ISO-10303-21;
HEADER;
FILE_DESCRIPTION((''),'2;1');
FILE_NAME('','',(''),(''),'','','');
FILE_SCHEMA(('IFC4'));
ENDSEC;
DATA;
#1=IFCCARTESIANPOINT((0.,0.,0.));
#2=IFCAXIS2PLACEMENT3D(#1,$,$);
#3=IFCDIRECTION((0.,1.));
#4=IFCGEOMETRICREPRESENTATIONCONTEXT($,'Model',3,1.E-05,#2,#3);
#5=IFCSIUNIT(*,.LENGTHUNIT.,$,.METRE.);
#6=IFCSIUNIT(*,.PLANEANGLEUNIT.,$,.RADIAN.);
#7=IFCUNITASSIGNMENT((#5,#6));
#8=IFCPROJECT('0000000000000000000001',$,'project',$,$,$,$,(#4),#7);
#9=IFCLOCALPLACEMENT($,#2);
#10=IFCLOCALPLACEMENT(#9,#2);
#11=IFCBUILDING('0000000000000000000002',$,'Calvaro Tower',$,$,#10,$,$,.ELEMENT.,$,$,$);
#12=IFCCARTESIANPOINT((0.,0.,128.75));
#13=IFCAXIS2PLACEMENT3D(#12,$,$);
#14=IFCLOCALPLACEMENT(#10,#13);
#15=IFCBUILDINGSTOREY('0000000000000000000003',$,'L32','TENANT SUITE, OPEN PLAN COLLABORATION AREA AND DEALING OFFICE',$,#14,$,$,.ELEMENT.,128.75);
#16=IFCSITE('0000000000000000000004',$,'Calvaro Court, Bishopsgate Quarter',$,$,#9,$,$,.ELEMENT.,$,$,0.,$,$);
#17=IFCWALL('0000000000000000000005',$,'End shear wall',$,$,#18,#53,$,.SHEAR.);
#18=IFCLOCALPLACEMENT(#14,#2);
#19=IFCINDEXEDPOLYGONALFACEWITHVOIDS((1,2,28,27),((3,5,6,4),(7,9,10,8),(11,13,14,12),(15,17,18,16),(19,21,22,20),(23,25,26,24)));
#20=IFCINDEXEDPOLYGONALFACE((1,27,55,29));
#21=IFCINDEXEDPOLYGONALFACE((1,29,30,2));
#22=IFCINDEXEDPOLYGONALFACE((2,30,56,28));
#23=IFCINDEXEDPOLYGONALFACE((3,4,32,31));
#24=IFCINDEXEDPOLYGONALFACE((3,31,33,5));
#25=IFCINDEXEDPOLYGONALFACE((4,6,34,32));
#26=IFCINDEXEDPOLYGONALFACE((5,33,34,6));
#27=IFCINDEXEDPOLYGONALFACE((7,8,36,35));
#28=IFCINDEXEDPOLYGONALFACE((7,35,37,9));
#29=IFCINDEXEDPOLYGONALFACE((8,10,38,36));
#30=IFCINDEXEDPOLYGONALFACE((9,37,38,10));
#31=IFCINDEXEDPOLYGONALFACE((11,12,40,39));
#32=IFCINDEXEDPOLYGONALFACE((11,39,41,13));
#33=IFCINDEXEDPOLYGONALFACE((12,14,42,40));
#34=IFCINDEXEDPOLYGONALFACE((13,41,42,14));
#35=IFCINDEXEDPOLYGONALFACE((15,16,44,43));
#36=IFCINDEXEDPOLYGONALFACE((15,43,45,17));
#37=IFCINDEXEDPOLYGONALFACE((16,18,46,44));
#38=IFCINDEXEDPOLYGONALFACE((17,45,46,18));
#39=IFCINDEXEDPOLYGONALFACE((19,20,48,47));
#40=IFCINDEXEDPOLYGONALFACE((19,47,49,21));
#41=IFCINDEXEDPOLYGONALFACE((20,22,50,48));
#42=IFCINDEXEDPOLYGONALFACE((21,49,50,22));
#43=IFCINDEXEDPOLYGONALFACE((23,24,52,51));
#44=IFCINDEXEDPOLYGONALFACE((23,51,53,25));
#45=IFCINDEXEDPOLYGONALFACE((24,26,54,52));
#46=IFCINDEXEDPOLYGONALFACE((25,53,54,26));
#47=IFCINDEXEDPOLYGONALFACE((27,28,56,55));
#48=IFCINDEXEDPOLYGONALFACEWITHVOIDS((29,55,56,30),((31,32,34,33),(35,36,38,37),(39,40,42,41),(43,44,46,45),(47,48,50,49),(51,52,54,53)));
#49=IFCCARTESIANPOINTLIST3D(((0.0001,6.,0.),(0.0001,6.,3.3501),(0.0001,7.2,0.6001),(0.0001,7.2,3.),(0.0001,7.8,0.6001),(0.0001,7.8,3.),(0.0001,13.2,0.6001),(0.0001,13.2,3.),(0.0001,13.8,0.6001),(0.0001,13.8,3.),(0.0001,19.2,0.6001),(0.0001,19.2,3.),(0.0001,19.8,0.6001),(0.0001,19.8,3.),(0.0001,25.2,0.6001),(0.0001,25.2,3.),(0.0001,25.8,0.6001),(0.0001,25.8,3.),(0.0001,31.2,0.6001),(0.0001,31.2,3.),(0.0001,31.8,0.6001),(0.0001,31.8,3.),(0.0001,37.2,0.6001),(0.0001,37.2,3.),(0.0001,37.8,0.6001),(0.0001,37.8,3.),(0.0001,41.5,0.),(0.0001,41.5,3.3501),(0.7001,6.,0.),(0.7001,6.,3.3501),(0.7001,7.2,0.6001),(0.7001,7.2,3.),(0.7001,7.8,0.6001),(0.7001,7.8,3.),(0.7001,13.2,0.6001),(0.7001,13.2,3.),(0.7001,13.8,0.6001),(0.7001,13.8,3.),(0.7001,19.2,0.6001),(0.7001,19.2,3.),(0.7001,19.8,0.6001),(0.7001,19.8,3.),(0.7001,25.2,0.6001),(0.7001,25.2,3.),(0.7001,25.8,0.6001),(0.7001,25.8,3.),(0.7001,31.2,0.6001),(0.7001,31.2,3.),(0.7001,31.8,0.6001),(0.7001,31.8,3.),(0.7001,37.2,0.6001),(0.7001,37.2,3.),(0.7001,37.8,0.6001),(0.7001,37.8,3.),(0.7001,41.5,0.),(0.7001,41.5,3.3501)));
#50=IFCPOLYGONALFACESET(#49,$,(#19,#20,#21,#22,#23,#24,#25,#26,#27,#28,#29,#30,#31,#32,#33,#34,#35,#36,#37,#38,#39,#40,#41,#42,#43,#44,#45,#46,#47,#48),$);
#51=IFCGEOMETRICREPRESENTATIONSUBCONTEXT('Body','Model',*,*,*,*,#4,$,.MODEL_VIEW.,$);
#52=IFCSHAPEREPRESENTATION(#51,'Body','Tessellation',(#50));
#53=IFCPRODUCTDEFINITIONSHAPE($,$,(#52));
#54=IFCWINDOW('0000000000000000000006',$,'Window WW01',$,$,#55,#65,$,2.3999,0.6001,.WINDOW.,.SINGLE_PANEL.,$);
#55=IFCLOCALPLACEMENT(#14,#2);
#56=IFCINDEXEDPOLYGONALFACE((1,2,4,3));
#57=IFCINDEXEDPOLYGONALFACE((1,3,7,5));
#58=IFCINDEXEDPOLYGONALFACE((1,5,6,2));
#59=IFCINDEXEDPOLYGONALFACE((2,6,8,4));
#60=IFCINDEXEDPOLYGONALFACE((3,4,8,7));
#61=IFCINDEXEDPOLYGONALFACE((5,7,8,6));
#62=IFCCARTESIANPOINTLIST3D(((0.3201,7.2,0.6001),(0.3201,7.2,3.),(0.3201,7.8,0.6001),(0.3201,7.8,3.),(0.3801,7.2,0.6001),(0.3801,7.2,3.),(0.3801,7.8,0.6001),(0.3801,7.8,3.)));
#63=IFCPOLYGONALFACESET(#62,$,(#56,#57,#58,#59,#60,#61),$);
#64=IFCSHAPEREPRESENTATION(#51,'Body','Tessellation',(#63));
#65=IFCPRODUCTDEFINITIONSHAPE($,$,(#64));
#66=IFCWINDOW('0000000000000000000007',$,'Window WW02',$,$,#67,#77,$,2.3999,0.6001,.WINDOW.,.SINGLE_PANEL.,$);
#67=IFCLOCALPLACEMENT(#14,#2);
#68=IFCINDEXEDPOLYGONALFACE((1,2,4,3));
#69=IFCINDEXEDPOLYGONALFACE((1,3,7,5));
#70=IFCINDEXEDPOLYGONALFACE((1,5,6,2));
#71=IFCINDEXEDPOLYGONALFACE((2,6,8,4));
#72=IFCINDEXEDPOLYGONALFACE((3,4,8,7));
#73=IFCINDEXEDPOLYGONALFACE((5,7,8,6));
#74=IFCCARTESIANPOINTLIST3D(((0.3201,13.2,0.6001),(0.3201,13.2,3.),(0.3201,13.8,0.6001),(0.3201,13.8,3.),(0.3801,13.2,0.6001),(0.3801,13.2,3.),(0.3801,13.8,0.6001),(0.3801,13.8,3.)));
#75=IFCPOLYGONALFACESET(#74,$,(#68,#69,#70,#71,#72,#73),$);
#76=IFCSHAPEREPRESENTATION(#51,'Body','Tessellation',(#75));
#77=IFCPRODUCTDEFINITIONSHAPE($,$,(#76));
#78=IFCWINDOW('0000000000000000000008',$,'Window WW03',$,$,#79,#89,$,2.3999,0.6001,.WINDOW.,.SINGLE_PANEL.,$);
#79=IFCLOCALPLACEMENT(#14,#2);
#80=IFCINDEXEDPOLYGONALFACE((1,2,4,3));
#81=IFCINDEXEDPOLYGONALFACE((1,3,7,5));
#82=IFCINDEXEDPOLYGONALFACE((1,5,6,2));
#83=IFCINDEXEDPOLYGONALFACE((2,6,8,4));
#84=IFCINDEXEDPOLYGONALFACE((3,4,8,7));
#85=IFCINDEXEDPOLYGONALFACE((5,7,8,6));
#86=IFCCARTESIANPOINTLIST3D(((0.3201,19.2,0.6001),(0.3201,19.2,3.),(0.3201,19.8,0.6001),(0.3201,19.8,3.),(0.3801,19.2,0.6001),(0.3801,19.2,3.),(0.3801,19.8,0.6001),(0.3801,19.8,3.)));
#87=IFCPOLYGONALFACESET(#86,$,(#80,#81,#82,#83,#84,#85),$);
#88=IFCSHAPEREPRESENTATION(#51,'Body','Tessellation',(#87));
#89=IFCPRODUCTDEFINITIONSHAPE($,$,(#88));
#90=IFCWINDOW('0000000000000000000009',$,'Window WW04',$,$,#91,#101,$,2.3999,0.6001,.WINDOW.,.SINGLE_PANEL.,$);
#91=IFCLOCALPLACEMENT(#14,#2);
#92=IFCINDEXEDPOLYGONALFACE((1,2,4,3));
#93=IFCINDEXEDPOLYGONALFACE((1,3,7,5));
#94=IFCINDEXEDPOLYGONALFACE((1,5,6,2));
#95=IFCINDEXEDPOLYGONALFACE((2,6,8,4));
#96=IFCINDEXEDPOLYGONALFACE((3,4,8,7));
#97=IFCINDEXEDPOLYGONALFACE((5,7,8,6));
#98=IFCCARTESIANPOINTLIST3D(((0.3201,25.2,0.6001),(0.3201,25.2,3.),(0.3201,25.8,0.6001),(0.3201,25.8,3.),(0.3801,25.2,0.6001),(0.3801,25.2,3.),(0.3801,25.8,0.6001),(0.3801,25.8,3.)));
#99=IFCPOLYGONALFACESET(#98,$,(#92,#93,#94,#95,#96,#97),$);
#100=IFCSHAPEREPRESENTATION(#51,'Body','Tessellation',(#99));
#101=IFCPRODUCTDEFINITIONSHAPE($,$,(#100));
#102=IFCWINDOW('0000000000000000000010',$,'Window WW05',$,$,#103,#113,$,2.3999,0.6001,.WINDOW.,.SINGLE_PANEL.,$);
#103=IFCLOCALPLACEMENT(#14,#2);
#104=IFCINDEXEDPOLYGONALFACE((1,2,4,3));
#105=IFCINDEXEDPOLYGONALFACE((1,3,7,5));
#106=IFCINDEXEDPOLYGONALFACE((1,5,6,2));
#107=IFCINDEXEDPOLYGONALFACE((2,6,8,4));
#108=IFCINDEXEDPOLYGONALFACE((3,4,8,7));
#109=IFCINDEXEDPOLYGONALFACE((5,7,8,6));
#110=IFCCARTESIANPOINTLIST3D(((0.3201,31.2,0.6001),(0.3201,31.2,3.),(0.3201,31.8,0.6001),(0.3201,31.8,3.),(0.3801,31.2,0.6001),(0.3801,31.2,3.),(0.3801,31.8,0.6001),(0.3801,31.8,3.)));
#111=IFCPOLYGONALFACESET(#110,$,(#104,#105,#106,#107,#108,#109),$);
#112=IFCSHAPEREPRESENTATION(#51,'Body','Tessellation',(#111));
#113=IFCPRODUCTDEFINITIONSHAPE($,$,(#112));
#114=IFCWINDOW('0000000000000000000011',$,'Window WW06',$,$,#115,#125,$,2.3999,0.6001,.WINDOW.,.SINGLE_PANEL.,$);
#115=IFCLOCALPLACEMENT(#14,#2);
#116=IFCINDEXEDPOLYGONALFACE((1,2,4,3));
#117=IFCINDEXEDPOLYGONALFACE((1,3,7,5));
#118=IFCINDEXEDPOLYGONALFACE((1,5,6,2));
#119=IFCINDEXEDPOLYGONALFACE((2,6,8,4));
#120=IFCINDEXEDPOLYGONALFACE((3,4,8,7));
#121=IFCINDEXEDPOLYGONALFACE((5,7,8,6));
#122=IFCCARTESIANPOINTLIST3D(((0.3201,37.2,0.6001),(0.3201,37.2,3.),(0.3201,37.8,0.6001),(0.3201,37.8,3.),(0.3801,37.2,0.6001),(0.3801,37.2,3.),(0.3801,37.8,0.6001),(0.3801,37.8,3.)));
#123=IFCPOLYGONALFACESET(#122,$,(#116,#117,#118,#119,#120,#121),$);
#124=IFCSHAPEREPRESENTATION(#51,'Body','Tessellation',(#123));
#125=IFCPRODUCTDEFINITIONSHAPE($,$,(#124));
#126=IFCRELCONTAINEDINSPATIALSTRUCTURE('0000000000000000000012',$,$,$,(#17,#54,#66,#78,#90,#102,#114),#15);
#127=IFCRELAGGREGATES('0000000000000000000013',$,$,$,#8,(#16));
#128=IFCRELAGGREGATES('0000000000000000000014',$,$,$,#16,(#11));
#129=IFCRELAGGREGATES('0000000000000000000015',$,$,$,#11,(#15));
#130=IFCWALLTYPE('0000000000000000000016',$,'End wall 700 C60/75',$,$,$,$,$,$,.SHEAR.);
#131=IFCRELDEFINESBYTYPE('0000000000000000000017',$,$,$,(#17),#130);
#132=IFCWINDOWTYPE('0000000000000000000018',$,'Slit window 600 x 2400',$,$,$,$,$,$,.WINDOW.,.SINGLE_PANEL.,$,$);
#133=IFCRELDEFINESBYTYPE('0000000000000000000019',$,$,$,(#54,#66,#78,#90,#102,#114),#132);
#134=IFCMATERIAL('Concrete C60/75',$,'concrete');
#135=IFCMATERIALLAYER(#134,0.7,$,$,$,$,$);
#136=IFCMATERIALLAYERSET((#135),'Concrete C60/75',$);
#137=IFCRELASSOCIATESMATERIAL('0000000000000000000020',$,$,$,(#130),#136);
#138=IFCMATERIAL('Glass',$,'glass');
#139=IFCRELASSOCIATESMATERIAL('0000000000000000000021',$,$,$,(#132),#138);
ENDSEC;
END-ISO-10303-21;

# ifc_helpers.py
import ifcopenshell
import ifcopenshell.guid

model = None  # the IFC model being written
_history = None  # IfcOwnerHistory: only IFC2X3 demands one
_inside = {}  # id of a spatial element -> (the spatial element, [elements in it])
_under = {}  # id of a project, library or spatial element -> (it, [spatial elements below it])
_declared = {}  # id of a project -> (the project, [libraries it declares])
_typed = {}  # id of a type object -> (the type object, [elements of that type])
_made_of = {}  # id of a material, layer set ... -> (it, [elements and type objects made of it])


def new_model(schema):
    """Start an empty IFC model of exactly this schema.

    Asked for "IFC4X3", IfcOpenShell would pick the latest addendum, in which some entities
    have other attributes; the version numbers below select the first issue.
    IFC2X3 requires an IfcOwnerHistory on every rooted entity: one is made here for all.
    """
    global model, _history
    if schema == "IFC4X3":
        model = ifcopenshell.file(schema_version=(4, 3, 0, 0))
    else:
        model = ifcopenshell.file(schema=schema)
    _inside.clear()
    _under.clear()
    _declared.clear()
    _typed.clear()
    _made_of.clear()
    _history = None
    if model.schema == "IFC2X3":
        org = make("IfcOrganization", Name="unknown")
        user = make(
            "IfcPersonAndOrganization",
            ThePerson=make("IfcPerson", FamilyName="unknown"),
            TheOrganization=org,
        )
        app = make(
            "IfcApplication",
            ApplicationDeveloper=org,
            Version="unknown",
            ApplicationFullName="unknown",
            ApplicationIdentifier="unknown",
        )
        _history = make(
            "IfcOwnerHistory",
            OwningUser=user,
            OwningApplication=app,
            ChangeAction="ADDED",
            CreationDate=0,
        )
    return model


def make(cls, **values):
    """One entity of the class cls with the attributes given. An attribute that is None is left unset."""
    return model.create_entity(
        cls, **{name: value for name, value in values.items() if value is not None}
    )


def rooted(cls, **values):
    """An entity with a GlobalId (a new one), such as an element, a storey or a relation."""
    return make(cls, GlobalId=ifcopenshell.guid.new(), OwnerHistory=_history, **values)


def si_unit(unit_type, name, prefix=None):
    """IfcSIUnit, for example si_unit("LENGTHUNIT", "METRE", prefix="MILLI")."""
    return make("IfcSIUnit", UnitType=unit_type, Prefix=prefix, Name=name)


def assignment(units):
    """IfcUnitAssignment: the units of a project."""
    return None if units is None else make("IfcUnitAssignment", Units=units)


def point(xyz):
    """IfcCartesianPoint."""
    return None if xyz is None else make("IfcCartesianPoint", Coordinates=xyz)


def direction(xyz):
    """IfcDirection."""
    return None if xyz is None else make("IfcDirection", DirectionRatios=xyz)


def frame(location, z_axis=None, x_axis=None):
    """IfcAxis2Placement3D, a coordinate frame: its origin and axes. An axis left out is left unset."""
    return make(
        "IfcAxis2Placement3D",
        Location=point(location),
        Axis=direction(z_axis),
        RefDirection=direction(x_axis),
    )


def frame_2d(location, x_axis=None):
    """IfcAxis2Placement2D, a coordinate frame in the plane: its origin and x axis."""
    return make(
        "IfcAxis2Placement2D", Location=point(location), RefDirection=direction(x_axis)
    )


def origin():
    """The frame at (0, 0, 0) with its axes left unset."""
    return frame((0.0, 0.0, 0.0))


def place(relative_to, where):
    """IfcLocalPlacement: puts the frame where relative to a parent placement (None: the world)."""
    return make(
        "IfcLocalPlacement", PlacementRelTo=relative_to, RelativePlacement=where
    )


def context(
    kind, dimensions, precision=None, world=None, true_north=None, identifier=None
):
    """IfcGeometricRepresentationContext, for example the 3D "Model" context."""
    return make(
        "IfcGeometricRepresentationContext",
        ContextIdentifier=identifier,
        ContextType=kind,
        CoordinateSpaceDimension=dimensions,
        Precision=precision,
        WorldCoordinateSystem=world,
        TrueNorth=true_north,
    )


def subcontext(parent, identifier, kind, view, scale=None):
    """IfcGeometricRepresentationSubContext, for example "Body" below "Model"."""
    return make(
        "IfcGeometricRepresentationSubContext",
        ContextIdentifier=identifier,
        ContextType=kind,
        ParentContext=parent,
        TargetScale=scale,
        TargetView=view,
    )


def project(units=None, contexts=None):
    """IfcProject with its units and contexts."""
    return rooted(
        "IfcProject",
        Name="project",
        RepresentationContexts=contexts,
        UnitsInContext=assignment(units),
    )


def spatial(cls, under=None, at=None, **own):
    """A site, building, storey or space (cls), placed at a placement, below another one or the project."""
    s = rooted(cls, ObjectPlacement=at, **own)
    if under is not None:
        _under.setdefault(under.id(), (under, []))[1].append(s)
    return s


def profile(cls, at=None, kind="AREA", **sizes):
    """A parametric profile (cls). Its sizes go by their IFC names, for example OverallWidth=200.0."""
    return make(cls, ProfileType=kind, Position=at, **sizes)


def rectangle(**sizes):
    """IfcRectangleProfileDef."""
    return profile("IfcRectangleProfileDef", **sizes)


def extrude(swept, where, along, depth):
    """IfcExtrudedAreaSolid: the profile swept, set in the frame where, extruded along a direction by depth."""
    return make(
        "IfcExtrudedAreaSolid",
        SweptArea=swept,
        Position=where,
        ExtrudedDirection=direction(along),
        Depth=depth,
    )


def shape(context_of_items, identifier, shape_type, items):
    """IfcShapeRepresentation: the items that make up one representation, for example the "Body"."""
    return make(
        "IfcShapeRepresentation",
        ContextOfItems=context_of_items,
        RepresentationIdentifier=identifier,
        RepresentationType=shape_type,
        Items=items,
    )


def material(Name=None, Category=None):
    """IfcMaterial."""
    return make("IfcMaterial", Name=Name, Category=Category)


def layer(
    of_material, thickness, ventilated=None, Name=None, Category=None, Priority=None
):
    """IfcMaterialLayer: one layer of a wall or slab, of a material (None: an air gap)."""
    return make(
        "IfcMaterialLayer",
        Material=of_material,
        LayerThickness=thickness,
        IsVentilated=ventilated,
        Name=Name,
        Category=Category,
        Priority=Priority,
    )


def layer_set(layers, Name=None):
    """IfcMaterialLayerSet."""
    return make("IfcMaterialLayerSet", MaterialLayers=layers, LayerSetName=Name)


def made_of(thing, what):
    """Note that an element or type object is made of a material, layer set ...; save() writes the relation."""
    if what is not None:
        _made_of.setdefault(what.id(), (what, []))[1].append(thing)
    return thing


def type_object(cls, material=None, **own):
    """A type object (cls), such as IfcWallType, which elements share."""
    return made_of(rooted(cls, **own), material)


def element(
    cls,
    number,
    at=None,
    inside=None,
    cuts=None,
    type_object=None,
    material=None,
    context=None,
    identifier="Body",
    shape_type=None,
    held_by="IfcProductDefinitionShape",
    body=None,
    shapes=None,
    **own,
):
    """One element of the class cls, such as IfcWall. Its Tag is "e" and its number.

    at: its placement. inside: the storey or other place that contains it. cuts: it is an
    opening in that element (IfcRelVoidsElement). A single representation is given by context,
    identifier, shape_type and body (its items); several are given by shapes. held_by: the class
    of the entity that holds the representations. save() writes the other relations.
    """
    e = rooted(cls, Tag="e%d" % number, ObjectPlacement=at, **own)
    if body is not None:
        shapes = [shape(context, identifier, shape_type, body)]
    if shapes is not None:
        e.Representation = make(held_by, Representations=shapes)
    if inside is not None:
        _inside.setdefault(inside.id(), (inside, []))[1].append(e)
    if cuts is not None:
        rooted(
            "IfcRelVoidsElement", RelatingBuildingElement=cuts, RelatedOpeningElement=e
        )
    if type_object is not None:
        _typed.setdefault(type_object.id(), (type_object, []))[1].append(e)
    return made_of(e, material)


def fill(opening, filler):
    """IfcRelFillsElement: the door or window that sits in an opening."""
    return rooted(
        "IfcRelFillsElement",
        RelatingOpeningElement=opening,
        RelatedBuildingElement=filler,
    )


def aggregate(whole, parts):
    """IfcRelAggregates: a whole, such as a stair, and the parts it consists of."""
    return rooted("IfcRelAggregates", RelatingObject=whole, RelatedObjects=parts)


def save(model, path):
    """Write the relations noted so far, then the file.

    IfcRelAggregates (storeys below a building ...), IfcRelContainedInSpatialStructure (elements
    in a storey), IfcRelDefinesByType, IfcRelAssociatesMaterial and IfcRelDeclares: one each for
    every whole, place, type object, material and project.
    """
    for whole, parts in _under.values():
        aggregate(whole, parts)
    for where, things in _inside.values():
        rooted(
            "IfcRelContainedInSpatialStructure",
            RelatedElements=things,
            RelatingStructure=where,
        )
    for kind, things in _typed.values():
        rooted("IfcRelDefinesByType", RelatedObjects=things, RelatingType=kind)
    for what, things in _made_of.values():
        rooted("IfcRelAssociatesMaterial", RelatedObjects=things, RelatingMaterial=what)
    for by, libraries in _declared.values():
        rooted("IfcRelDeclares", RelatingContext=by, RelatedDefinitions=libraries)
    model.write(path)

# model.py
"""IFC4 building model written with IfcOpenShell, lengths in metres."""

from ifc_helpers import new_model, si_unit, direction, frame, frame_2d, origin, place, context, subcontext, project, spatial, rectangle, extrude, material, layer, layer_set, type_object, element, fill, save


model = new_model("IFC4")

# Units and contexts
model_context = context("Model", 3, precision=1e-05, world=origin(), true_north=direction((0.0, 1.0)))
body_context = subcontext(model_context, "Body", "Model", "MODEL_VIEW")
ifc_project = project(units=[si_unit("LENGTHUNIT", "METRE"), si_unit("PLANEANGLEUNIT", "RADIAN")], contexts=[model_context])

# Site, building, storey
site_placement = place(None, origin())
site = spatial("IfcSite", under=ifc_project, at=site_placement, Name="Calvaro Court, Bishopsgate Quarter", CompositionType="ELEMENT", RefElevation=0.0)
building_placement = place(site_placement, origin())
building = spatial("IfcBuilding", under=site, at=building_placement, Name="Calvaro Tower", CompositionType="ELEMENT")
storey_placement = place(building_placement, frame((0.0, 0.0, 128.75)))
storey = spatial("IfcBuildingStorey", under=building, at=storey_placement, Name="L32", Description="TENANT SUITE, OPEN PLAN COLLABORATION AREA AND DEALING OFFICE", CompositionType="ELEMENT", Elevation=128.75)

# Wall, openings, windows
ifc_material_1 = material(Name="Concrete C60/75", Category="concrete")
ifc_layer_1 = layer(ifc_material_1, 0.7)
ifc_layer_set_1 = layer_set([ifc_layer_1], Name="Concrete C60/75")
wall_type = type_object("IfcWallType", Name="End wall 700 C60/75", PredefinedType="SHEAR", material=ifc_layer_set_1)
wall_placement = place(storey_placement, frame((0.3501, 6.0, 0.0), z_axis=(0.0, 0.0, 1.0), x_axis=(0.0, 1.0, 0.0)))
wall = element("IfcWall", 1, at=wall_placement, inside=storey, type_object=wall_type, Name="End shear wall", PredefinedType="SHEAR", context=body_context, shape_type="SweptSolid", body=[
    extrude(rectangle(XDim=35.5, YDim=0.7, at=frame_2d((17.75, 0.0))), origin(), (0.0, 0.0, 1.0), 3.3501),
])
opening_1_placement = place(wall_placement, frame((1.2, 0.0, 0.6001)))
opening_1 = element("IfcOpeningElement", 2, at=opening_1_placement, cuts=wall, PredefinedType="OPENING", context=body_context, shape_type="SweptSolid", body=[
    extrude(rectangle(XDim=0.6001, YDim=2.3999, at=frame_2d((0.3, 1.2))), frame((0.0, 0.3599, 0.0), z_axis=(0.0, -1.0, 0.0), x_axis=(1.0, 0.0, 0.0)), (0.0, 0.0, 1.0), 0.72),
])
opening_2_placement = place(wall_placement, frame((7.2, 0.0, 0.6001)))
opening_2 = element("IfcOpeningElement", 3, at=opening_2_placement, cuts=wall, PredefinedType="OPENING", context=body_context, shape_type="SweptSolid", body=[
    extrude(rectangle(XDim=0.6001, YDim=2.3999, at=frame_2d((0.3, 1.2))), frame((0.0, 0.3599, 0.0), z_axis=(0.0, -1.0, 0.0), x_axis=(1.0, 0.0, 0.0)), (0.0, 0.0, 1.0), 0.72),
])
opening_3_placement = place(wall_placement, frame((13.2, 0.0, 0.6001)))
opening_3 = element("IfcOpeningElement", 4, at=opening_3_placement, cuts=wall, PredefinedType="OPENING", context=body_context, shape_type="SweptSolid", body=[
    extrude(rectangle(XDim=0.6001, YDim=2.3999, at=frame_2d((0.3, 1.2))), frame((0.0, 0.3599, 0.0), z_axis=(0.0, -1.0, 0.0), x_axis=(1.0, 0.0, 0.0)), (0.0, 0.0, 1.0), 0.72),
])
opening_4_placement = place(wall_placement, frame((19.2, 0.0, 0.6001)))
opening_4 = element("IfcOpeningElement", 5, at=opening_4_placement, cuts=wall, PredefinedType="OPENING", context=body_context, shape_type="SweptSolid", body=[
    extrude(rectangle(XDim=0.6001, YDim=2.3999, at=frame_2d((0.3, 1.2))), frame((0.0, 0.3599, 0.0), z_axis=(0.0, -1.0, 0.0), x_axis=(1.0, 0.0, 0.0)), (0.0, 0.0, 1.0), 0.72),
])
opening_5_placement = place(wall_placement, frame((25.2, 0.0, 0.6001)))
opening_5 = element("IfcOpeningElement", 6, at=opening_5_placement, cuts=wall, PredefinedType="OPENING", context=body_context, shape_type="SweptSolid", body=[
    extrude(rectangle(XDim=0.6001, YDim=2.3999, at=frame_2d((0.3, 1.2))), frame((0.0, 0.3599, 0.0), z_axis=(0.0, -1.0, 0.0), x_axis=(1.0, 0.0, 0.0)), (0.0, 0.0, 1.0), 0.72),
])
opening_6_placement = place(wall_placement, frame((31.2, 0.0, 0.6001)))
opening_6 = element("IfcOpeningElement", 7, at=opening_6_placement, cuts=wall, PredefinedType="OPENING", context=body_context, shape_type="SweptSolid", body=[
    extrude(rectangle(XDim=0.6001, YDim=2.3999, at=frame_2d((0.3, 1.2))), frame((0.0, 0.3599, 0.0), z_axis=(0.0, -1.0, 0.0), x_axis=(1.0, 0.0, 0.0)), (0.0, 0.0, 1.0), 0.72),
])
ifc_material_2 = material(Name="Glass", Category="glass")
window_type = type_object("IfcWindowType", Name="Slit window 600 x 2400", PartitioningType="SINGLE_PANEL", PredefinedType="WINDOW", material=ifc_material_2)
window_1_placement = place(opening_1_placement, origin())
window_1 = element("IfcWindow", 8, at=window_1_placement, inside=storey, type_object=window_type, Name="Window WW01", OverallHeight=2.3999, OverallWidth=0.6001, PartitioningType="SINGLE_PANEL", PredefinedType="WINDOW", context=body_context, shape_type="SweptSolid", body=[
    extrude(rectangle(XDim=0.6001, YDim=2.3999, at=frame_2d((0.3, 1.2))), frame((0.0, 0.03, 0.0), z_axis=(0.0, -1.0, 0.0), x_axis=(1.0, 0.0, 0.0)), (0.0, 0.0, 1.0), 0.0601),
])
fill(opening_1, window_1)
window_2_placement = place(opening_2_placement, origin())
window_2 = element("IfcWindow", 9, at=window_2_placement, inside=storey, type_object=window_type, Name="Window WW02", OverallHeight=2.3999, OverallWidth=0.6001, PartitioningType="SINGLE_PANEL", PredefinedType="WINDOW", context=body_context, shape_type="SweptSolid", body=[
    extrude(rectangle(XDim=0.6001, YDim=2.3999, at=frame_2d((0.3, 1.2))), frame((0.0, 0.03, 0.0), z_axis=(0.0, -1.0, 0.0), x_axis=(1.0, 0.0, 0.0)), (0.0, 0.0, 1.0), 0.0601),
])
fill(opening_2, window_2)
window_3_placement = place(opening_3_placement, origin())
window_3 = element("IfcWindow", 10, at=window_3_placement, inside=storey, type_object=window_type, Name="Window WW03", OverallHeight=2.3999, OverallWidth=0.6001, PartitioningType="SINGLE_PANEL", PredefinedType="WINDOW", context=body_context, shape_type="SweptSolid", body=[
    extrude(rectangle(XDim=0.6001, YDim=2.3999, at=frame_2d((0.3, 1.2))), frame((0.0, 0.03, 0.0), z_axis=(0.0, -1.0, 0.0), x_axis=(1.0, 0.0, 0.0)), (0.0, 0.0, 1.0), 0.0601),
])
fill(opening_3, window_3)
window_4_placement = place(opening_4_placement, origin())
window_4 = element("IfcWindow", 11, at=window_4_placement, inside=storey, type_object=window_type, Name="Window WW04", OverallHeight=2.3999, OverallWidth=0.6001, PartitioningType="SINGLE_PANEL", PredefinedType="WINDOW", context=body_context, shape_type="SweptSolid", body=[
    extrude(rectangle(XDim=0.6001, YDim=2.3999, at=frame_2d((0.3, 1.2))), frame((0.0, 0.03, 0.0), z_axis=(0.0, -1.0, 0.0), x_axis=(1.0, 0.0, 0.0)), (0.0, 0.0, 1.0), 0.0601),
])
fill(opening_4, window_4)
window_5_placement = place(opening_5_placement, origin())
window_5 = element("IfcWindow", 12, at=window_5_placement, inside=storey, type_object=window_type, Name="Window WW05", OverallHeight=2.3999, OverallWidth=0.6001, PartitioningType="SINGLE_PANEL", PredefinedType="WINDOW", context=body_context, shape_type="SweptSolid", body=[
    extrude(rectangle(XDim=0.6001, YDim=2.3999, at=frame_2d((0.3, 1.2))), frame((0.0, 0.03, 0.0), z_axis=(0.0, -1.0, 0.0), x_axis=(1.0, 0.0, 0.0)), (0.0, 0.0, 1.0), 0.0601),
])
fill(opening_5, window_5)
window_6_placement = place(opening_6_placement, origin())
window_6 = element("IfcWindow", 13, at=window_6_placement, inside=storey, type_object=window_type, Name="Window WW06", OverallHeight=2.3999, OverallWidth=0.6001, PartitioningType="SINGLE_PANEL", PredefinedType="WINDOW", context=body_context, shape_type="SweptSolid", body=[
    extrude(rectangle(XDim=0.6001, YDim=2.3999, at=frame_2d((0.3, 1.2))), frame((0.0, 0.03, 0.0), z_axis=(0.0, -1.0, 0.0), x_axis=(1.0, 0.0, 0.0)), (0.0, 0.0, 1.0), 0.0601),
])
fill(opening_6, window_6)

save(model, "model.ifc")
